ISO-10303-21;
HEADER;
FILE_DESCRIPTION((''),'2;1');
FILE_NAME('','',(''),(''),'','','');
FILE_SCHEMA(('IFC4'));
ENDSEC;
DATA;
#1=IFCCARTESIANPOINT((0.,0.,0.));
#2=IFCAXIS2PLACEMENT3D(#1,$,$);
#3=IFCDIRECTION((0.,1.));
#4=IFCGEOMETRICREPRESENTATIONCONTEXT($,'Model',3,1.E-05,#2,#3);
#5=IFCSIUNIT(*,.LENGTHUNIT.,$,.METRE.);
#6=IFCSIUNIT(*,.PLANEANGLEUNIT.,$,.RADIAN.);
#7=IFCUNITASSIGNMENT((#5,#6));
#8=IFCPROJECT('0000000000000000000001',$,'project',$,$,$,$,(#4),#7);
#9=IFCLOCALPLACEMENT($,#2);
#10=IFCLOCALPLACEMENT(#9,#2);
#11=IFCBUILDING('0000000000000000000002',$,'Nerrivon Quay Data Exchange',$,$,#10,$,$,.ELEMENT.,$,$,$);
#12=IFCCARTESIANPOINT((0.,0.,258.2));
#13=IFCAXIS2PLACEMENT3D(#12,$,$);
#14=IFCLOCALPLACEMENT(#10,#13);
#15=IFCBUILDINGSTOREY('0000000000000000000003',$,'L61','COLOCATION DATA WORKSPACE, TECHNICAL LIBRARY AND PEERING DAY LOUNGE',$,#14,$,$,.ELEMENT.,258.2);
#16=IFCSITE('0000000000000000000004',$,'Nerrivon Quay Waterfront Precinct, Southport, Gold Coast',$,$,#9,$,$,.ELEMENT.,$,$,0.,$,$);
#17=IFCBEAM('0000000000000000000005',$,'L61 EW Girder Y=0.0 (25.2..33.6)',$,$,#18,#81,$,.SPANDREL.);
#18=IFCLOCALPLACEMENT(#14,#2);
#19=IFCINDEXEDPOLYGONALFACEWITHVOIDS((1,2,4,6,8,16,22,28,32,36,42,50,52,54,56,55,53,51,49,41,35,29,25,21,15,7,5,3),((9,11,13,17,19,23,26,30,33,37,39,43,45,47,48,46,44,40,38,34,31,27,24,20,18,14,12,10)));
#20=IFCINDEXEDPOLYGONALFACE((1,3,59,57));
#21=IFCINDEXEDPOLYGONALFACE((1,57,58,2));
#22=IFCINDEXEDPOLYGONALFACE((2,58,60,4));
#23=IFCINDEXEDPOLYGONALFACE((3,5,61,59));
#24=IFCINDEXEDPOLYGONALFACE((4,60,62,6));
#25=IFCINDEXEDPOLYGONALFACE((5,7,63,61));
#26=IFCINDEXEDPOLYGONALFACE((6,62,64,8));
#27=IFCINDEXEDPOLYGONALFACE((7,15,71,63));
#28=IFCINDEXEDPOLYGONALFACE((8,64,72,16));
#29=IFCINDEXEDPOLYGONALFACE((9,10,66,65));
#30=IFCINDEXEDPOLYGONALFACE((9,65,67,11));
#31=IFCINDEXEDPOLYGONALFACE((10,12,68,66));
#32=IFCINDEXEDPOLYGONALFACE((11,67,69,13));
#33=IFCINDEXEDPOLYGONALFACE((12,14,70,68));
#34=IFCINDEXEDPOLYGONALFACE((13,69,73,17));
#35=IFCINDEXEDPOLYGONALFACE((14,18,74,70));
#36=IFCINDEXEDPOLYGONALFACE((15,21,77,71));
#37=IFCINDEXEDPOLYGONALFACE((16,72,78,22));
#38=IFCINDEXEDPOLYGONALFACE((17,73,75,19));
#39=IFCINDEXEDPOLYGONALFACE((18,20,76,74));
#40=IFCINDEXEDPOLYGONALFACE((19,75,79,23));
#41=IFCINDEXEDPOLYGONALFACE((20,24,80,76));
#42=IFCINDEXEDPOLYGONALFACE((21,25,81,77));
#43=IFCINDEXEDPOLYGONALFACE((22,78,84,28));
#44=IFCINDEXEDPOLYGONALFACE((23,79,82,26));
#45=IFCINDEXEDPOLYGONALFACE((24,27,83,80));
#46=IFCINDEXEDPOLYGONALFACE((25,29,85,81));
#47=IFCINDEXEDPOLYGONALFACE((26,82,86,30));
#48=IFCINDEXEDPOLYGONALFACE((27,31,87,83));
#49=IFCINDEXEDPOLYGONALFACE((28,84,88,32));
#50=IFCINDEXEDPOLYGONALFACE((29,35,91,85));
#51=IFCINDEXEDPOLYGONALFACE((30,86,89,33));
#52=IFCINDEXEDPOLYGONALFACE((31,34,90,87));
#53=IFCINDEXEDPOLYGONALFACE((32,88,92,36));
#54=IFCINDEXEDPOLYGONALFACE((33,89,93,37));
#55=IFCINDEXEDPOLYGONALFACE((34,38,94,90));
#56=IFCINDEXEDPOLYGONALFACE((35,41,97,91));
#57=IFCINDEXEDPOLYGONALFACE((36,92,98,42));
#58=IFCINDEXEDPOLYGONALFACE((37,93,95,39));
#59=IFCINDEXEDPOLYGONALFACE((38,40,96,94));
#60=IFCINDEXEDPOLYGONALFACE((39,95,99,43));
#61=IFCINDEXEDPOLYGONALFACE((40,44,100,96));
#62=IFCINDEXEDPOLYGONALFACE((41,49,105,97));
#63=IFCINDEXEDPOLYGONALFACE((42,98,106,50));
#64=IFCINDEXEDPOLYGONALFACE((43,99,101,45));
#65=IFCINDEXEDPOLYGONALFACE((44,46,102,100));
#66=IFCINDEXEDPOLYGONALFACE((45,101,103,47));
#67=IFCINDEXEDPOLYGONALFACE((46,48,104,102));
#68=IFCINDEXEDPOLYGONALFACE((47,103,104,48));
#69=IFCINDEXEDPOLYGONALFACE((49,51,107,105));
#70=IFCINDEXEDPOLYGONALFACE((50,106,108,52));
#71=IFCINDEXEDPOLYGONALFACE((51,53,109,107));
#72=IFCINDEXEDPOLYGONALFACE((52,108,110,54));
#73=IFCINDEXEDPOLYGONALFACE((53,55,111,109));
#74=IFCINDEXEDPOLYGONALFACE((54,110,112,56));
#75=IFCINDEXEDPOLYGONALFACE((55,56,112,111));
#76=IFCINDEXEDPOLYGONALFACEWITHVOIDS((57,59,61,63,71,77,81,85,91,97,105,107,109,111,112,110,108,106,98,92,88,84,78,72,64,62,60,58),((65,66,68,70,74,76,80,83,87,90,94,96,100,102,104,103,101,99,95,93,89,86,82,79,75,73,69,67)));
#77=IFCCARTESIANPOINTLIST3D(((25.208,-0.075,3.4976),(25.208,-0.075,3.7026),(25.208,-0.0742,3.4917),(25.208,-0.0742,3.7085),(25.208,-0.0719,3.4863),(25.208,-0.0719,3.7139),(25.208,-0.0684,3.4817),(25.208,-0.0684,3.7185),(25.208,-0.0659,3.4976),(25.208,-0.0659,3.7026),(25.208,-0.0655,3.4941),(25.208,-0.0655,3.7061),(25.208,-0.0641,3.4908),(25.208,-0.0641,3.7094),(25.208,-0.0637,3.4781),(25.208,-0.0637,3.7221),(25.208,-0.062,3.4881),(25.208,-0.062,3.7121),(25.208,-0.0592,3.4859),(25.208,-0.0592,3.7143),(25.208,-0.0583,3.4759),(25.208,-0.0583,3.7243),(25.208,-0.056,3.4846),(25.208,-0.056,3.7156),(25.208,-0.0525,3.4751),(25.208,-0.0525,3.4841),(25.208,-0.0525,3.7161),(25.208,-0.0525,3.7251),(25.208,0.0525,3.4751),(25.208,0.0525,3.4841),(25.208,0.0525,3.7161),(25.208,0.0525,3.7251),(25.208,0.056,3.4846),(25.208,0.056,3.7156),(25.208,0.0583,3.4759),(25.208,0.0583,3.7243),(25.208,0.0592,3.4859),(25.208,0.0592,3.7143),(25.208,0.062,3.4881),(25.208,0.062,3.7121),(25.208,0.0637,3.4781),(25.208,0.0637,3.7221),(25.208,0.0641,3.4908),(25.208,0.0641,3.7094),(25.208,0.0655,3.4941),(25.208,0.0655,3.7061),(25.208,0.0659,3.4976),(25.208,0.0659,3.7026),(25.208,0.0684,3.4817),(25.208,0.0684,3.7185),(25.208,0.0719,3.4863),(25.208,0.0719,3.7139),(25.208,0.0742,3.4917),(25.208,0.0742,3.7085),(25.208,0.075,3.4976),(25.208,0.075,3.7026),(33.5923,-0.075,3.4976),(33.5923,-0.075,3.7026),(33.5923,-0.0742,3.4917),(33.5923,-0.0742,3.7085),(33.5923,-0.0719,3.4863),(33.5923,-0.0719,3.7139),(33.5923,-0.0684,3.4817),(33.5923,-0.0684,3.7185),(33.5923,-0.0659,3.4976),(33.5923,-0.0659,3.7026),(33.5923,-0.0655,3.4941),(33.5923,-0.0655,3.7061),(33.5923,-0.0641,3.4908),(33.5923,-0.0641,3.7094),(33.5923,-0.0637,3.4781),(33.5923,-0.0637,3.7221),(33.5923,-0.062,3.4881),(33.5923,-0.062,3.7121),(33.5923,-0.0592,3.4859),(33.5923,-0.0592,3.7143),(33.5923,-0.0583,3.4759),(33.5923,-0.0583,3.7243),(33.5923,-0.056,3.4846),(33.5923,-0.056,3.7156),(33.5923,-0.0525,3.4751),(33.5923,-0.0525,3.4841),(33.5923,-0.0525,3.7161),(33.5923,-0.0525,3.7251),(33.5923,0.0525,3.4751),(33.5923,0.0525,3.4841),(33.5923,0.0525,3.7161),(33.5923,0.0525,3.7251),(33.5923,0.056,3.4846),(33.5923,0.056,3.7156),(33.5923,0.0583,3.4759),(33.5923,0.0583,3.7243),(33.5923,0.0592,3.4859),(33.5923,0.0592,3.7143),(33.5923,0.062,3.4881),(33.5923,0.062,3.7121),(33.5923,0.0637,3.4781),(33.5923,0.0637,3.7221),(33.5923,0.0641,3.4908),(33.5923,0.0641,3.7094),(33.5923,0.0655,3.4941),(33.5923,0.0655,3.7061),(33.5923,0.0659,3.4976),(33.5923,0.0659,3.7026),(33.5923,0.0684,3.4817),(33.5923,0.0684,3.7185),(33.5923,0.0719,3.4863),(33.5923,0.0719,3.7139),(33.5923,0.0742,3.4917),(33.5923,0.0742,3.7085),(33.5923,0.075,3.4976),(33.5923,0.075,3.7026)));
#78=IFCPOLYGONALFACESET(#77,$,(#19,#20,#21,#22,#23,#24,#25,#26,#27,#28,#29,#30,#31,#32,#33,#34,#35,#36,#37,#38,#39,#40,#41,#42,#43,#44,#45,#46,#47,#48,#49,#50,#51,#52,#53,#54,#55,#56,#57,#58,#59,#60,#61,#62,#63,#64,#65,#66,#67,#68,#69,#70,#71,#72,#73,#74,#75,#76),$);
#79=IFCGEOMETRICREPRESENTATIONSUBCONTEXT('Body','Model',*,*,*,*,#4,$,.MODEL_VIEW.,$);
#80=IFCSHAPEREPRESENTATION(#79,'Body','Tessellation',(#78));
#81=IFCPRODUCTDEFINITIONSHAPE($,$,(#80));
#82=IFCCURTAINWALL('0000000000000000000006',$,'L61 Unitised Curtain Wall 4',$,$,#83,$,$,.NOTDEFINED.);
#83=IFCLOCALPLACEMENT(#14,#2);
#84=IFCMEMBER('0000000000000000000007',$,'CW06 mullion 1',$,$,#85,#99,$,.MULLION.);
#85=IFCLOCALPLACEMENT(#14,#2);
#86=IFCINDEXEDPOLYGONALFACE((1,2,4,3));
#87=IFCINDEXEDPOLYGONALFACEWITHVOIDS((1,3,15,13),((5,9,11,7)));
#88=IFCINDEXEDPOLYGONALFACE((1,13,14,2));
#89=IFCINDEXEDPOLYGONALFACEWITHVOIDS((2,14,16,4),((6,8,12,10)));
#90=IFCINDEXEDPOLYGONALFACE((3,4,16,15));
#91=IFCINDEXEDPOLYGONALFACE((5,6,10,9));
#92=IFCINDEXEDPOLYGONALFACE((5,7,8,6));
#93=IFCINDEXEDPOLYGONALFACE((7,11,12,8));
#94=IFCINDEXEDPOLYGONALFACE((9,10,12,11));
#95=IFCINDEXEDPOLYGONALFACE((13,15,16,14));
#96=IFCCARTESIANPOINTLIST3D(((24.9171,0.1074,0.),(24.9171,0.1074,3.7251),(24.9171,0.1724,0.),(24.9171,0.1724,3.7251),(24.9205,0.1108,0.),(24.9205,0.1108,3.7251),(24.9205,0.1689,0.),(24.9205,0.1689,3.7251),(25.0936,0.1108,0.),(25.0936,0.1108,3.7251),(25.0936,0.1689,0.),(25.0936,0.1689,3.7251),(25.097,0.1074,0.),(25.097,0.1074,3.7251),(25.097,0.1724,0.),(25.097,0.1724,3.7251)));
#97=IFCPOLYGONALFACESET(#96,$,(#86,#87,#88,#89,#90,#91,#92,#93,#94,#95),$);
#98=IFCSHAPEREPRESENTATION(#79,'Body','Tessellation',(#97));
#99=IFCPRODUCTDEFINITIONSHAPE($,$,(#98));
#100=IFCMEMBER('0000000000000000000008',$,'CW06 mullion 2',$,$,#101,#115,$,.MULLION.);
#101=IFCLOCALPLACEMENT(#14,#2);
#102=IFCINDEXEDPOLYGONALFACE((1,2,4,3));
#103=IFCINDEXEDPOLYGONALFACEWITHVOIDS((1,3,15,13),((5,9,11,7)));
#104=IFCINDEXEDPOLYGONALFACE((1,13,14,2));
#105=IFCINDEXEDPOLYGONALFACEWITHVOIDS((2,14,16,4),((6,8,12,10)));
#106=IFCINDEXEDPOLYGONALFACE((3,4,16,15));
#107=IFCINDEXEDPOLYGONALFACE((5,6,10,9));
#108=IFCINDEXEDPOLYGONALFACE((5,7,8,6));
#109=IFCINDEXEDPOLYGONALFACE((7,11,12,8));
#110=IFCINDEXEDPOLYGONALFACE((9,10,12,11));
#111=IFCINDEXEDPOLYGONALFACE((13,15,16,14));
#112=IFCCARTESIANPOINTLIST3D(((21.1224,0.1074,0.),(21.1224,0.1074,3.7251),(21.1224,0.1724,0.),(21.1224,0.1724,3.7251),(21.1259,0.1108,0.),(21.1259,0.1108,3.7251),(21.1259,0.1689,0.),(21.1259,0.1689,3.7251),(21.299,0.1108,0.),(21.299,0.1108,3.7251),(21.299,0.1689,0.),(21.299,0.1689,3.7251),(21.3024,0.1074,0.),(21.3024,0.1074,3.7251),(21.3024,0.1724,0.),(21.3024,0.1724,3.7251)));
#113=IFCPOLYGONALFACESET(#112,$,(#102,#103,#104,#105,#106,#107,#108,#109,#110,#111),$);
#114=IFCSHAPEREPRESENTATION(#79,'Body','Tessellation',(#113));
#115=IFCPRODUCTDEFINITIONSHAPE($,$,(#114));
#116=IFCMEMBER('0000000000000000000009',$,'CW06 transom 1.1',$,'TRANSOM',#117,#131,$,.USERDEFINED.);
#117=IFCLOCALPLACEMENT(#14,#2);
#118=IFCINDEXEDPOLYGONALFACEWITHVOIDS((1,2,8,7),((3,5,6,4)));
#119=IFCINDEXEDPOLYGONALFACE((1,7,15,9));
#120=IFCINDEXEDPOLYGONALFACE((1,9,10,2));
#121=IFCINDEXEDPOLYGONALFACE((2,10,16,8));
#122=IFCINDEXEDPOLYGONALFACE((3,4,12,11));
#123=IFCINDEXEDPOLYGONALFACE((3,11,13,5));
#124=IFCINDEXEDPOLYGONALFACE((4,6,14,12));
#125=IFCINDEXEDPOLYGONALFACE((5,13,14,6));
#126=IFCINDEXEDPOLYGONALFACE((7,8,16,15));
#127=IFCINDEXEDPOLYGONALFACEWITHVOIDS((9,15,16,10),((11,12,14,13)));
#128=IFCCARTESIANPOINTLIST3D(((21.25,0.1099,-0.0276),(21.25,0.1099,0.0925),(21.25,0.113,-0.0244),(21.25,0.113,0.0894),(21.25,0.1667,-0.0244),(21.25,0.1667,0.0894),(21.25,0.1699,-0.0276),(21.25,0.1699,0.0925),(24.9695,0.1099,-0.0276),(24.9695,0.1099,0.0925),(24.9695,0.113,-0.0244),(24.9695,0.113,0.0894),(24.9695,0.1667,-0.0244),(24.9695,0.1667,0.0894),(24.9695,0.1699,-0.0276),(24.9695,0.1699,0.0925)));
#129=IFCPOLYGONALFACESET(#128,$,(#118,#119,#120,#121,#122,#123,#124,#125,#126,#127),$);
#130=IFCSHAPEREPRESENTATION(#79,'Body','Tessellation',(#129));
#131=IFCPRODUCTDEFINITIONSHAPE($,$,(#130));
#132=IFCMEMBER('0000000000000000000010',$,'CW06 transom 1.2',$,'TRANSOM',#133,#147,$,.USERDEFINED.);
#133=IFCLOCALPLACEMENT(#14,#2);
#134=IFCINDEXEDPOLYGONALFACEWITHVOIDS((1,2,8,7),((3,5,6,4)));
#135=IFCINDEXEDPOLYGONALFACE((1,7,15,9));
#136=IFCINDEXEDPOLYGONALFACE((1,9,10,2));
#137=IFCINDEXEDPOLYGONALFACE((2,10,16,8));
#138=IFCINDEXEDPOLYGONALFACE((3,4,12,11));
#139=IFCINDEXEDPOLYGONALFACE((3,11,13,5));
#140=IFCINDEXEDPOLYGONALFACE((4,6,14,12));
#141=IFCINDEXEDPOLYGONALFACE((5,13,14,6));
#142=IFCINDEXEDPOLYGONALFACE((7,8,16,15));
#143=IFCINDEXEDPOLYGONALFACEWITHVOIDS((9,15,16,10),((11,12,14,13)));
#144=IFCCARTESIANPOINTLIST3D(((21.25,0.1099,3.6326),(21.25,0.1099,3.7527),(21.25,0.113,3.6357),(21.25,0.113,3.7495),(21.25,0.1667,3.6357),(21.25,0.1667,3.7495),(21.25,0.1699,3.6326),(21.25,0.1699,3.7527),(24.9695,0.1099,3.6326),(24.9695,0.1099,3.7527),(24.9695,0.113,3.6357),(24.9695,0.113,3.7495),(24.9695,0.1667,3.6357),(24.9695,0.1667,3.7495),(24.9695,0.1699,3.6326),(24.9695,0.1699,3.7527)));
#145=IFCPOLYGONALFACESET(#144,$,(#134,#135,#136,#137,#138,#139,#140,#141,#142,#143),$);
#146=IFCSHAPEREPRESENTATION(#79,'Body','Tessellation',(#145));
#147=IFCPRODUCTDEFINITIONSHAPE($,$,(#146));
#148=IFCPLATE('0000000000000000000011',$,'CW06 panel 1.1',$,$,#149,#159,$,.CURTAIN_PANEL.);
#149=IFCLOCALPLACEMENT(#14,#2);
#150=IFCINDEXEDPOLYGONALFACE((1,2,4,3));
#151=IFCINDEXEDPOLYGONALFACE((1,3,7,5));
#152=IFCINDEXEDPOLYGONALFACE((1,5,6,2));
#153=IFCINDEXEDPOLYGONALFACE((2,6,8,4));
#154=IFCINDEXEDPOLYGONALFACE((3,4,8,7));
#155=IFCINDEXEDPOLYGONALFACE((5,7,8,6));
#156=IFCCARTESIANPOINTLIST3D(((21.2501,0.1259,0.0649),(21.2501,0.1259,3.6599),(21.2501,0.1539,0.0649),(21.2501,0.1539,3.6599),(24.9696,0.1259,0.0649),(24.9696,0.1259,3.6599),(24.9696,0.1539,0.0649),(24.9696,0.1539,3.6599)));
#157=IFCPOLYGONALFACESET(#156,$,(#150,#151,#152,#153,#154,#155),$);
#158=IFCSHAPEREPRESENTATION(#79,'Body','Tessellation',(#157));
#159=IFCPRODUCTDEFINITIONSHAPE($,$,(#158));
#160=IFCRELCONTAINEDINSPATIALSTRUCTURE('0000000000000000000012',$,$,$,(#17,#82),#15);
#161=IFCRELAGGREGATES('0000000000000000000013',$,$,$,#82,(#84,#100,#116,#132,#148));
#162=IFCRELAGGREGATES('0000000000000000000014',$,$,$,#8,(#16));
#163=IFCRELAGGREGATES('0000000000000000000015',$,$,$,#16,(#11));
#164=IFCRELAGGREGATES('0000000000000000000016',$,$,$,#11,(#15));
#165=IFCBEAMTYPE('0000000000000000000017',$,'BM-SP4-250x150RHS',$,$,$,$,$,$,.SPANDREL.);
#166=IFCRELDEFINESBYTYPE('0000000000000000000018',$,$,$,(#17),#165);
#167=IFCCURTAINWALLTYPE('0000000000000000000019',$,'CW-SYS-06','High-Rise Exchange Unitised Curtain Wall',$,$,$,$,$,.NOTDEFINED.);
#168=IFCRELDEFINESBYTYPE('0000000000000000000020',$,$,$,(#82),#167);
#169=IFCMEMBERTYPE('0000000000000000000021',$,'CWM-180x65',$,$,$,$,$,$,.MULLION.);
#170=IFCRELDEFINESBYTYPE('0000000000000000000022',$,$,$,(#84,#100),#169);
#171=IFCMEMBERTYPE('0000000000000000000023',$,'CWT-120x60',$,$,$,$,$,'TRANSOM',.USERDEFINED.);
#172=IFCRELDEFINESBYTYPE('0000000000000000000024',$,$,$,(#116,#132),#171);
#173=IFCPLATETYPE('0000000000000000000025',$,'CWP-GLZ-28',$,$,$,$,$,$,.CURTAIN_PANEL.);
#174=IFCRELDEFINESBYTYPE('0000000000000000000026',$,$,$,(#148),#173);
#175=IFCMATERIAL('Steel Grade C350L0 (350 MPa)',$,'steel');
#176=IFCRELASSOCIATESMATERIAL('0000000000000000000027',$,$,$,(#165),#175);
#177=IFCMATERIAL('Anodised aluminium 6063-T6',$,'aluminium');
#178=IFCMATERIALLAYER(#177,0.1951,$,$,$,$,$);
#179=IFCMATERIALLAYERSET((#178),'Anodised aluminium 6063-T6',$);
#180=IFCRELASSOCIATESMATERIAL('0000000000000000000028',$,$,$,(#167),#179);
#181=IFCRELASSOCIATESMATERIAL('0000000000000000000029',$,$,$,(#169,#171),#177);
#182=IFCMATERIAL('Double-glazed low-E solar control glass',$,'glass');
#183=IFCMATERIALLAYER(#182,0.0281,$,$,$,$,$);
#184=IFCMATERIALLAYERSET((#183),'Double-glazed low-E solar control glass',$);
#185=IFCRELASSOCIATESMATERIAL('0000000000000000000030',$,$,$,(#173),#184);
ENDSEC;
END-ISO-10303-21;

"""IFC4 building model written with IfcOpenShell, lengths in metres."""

from ifc_helpers import new_model, si_unit, direction, frame, origin, origin_2d, place, context, subcontext, project, spatial, rectangle, hollow_rectangle, extrude, material, layer, layer_set, material_profile, profile_set, type_object, element, aggregate, save


model = new_model("IFC4")

# Units and contexts
model_context = context("Model", 3, precision=1e-05, world=origin(), true_north=direction((0.0, 1.0)))
body_context = subcontext(model_context, "Body", "Model", "MODEL_VIEW")
ifc_project = project(units=[si_unit("LENGTHUNIT", "METRE"), si_unit("PLANEANGLEUNIT", "RADIAN")], contexts=[model_context])

# Site, building, storey
site_placement = place(None, origin())
site = spatial("IfcSite", under=ifc_project, at=site_placement, Name="Nerrivon Quay Waterfront Precinct, Southport, Gold Coast", CompositionType="ELEMENT", RefElevation=0.0)
building_placement = place(site_placement, origin())
building = spatial("IfcBuilding", under=site, at=building_placement, Name="Nerrivon Quay Data Exchange", CompositionType="ELEMENT")
storey_placement = place(building_placement, frame((0.0, 0.0, 258.2)))
storey = spatial("IfcBuildingStorey", under=building, at=storey_placement, Name="L61", Description="COLOCATION DATA WORKSPACE, TECHNICAL LIBRARY AND PEERING DAY LOUNGE", CompositionType="ELEMENT", Elevation=258.2)

# Beam
ifc_material_1 = material(Name="Steel Grade C350L0 (350 MPa)", Category="steel")
ifc_material_profile_1 = material_profile(ifc_material_1, hollow_rectangle(XDim=0.1499, YDim=0.25, WallThickness=0.009, InnerFilletRadius=0.0134, OuterFilletRadius=0.0225, at=origin_2d()), Name="250x150x9.0RHS")
ifc_profile_set_1 = profile_set([ifc_material_profile_1], Name="Steel Grade C350L0 (350 MPa)")
beam_type_1 = type_object("IfcBeamType", Name="BM-SP4-250x150RHS", PredefinedType="SPANDREL", material=ifc_profile_set_1)
for number, where, z_axis, x_axis, name in (
    (1, (25.208, 0.0, 3.6001), (1.0, 0.0, 0.0), (0.0, 1.0, 0.0), "L61 EW Girder Y=0.0 (25.2..33.6)"),
):
    element("IfcBeam", number, at=place(storey_placement, frame(where, z_axis=z_axis, x_axis=x_axis)), inside=storey, type_object=beam_type_1, Name=name, PredefinedType="SPANDREL", context=body_context, shape_type="SweptSolid", body=[
        extrude(hollow_rectangle(XDim=0.1499, YDim=0.25, WallThickness=0.009, InnerFilletRadius=0.0134, OuterFilletRadius=0.0225, at=origin_2d()), origin(), (0.0, 0.0, 1.0), 8.3843),
    ])

# Curtain wall, members, plate
ifc_material_2 = material(Name="Anodised aluminium 6063-T6", Category="aluminium")
ifc_layer_1 = layer(ifc_material_2, 0.1951)
ifc_layer_set_1 = layer_set([ifc_layer_1], Name="Anodised aluminium 6063-T6")
curtain_wall_type = type_object("IfcCurtainWallType", Name="CW-SYS-06", Description="High-Rise Exchange Unitised Curtain Wall", PredefinedType="NOTDEFINED", material=ifc_layer_set_1)
curtain_wall_placement = place(storey_placement, origin())
curtain_wall = element("IfcCurtainWall", 2, at=curtain_wall_placement, inside=storey, type_object=curtain_wall_type, Name="L61 Unitised Curtain Wall 4", PredefinedType="NOTDEFINED")
ifc_material_profile_2 = material_profile(ifc_material_2, hollow_rectangle(XDim=0.0649, YDim=0.1799, WallThickness=0.0034, at=origin_2d()), Name="ALU-MULL-180x65")
ifc_profile_set_2 = profile_set([ifc_material_profile_2], Name="Anodised aluminium 6063-T6")
member_type_1 = type_object("IfcMemberType", Name="CWM-180x65", PredefinedType="MULLION", material=ifc_profile_set_2)
member_1_placement = place(storey_placement, frame((25.0071, 0.1399, 0.0), z_axis=(0.0, 0.0, 1.0), x_axis=(0.0, -1.0, 0.0)))
member_1 = element("IfcMember", 3, at=member_1_placement, type_object=member_type_1, Name="CW06 mullion 1", PredefinedType="MULLION", context=body_context, shape_type="SweptSolid", body=[
    extrude(hollow_rectangle(XDim=0.0649, YDim=0.1799, WallThickness=0.0034, at=origin_2d()), origin(), (0.0, 0.0, 1.0), 3.7251),
])
member_2_placement = place(storey_placement, frame((21.2124, 0.1399, 0.0), z_axis=(0.0, 0.0, 1.0), x_axis=(0.0, -1.0, 0.0)))
member_2 = element("IfcMember", 4, at=member_2_placement, type_object=member_type_1, Name="CW06 mullion 2", PredefinedType="MULLION", context=body_context, shape_type="SweptSolid", body=[
    extrude(hollow_rectangle(XDim=0.0649, YDim=0.1799, WallThickness=0.0034, at=origin_2d()), origin(), (0.0, 0.0, 1.0), 3.7251),
])
ifc_material_profile_3 = material_profile(ifc_material_2, hollow_rectangle(XDim=0.0601, YDim=0.1201, WallThickness=0.0032, at=origin_2d()), Name="ALU-TRAN-120x60")
ifc_profile_set_3 = profile_set([ifc_material_profile_3], Name="Anodised aluminium 6063-T6")
member_type_2 = type_object("IfcMemberType", Name="CWT-120x60", ElementType="TRANSOM", PredefinedType="USERDEFINED", material=ifc_profile_set_3)
member_3_placement = place(storey_placement, frame((24.9695, 0.1399, 0.0325), z_axis=(-1.0, 0.0, 0.0), x_axis=(0.0, -1.0, 0.0)))
member_3 = element("IfcMember", 5, at=member_3_placement, type_object=member_type_2, Name="CW06 transom 1.1", ObjectType="TRANSOM", PredefinedType="USERDEFINED", context=body_context, shape_type="SweptSolid", body=[
    extrude(hollow_rectangle(XDim=0.0601, YDim=0.1201, WallThickness=0.0032, at=origin_2d()), origin(), (0.0, 0.0, 1.0), 3.7195),
])
member_4_placement = place(storey_placement, frame((24.9695, 0.1399, 3.6926), z_axis=(-1.0, 0.0, 0.0), x_axis=(0.0, -1.0, 0.0)))
member_4 = element("IfcMember", 6, at=member_4_placement, type_object=member_type_2, Name="CW06 transom 1.2", ObjectType="TRANSOM", PredefinedType="USERDEFINED", context=body_context, shape_type="SweptSolid", body=[
    extrude(hollow_rectangle(XDim=0.0601, YDim=0.1201, WallThickness=0.0032, at=origin_2d()), origin(), (0.0, 0.0, 1.0), 3.7195),
])
ifc_material_3 = material(Name="Double-glazed low-E solar control glass", Category="glass")
ifc_layer_2 = layer(ifc_material_3, 0.0281)
ifc_layer_set_2 = layer_set([ifc_layer_2], Name="Double-glazed low-E solar control glass")
plate_type = type_object("IfcPlateType", Name="CWP-GLZ-28", PredefinedType="CURTAIN_PANEL", material=ifc_layer_set_2)
plate_placement = place(storey_placement, frame((23.1099, 0.1399, 0.0649), z_axis=(0.0, 0.0, 1.0), x_axis=(-1.0, 0.0, 0.0)))
plate = element("IfcPlate", 7, at=plate_placement, type_object=plate_type, Name="CW06 panel 1.1", PredefinedType="CURTAIN_PANEL", context=body_context, shape_type="SweptSolid", body=[
    extrude(rectangle(XDim=3.7195, YDim=0.0281, at=origin_2d()), origin(), (0.0, 0.0, 1.0), 3.595),
])
aggregate(curtain_wall, [member_1, member_2, member_3, member_4, plate])

save(model, "model.ifc")
